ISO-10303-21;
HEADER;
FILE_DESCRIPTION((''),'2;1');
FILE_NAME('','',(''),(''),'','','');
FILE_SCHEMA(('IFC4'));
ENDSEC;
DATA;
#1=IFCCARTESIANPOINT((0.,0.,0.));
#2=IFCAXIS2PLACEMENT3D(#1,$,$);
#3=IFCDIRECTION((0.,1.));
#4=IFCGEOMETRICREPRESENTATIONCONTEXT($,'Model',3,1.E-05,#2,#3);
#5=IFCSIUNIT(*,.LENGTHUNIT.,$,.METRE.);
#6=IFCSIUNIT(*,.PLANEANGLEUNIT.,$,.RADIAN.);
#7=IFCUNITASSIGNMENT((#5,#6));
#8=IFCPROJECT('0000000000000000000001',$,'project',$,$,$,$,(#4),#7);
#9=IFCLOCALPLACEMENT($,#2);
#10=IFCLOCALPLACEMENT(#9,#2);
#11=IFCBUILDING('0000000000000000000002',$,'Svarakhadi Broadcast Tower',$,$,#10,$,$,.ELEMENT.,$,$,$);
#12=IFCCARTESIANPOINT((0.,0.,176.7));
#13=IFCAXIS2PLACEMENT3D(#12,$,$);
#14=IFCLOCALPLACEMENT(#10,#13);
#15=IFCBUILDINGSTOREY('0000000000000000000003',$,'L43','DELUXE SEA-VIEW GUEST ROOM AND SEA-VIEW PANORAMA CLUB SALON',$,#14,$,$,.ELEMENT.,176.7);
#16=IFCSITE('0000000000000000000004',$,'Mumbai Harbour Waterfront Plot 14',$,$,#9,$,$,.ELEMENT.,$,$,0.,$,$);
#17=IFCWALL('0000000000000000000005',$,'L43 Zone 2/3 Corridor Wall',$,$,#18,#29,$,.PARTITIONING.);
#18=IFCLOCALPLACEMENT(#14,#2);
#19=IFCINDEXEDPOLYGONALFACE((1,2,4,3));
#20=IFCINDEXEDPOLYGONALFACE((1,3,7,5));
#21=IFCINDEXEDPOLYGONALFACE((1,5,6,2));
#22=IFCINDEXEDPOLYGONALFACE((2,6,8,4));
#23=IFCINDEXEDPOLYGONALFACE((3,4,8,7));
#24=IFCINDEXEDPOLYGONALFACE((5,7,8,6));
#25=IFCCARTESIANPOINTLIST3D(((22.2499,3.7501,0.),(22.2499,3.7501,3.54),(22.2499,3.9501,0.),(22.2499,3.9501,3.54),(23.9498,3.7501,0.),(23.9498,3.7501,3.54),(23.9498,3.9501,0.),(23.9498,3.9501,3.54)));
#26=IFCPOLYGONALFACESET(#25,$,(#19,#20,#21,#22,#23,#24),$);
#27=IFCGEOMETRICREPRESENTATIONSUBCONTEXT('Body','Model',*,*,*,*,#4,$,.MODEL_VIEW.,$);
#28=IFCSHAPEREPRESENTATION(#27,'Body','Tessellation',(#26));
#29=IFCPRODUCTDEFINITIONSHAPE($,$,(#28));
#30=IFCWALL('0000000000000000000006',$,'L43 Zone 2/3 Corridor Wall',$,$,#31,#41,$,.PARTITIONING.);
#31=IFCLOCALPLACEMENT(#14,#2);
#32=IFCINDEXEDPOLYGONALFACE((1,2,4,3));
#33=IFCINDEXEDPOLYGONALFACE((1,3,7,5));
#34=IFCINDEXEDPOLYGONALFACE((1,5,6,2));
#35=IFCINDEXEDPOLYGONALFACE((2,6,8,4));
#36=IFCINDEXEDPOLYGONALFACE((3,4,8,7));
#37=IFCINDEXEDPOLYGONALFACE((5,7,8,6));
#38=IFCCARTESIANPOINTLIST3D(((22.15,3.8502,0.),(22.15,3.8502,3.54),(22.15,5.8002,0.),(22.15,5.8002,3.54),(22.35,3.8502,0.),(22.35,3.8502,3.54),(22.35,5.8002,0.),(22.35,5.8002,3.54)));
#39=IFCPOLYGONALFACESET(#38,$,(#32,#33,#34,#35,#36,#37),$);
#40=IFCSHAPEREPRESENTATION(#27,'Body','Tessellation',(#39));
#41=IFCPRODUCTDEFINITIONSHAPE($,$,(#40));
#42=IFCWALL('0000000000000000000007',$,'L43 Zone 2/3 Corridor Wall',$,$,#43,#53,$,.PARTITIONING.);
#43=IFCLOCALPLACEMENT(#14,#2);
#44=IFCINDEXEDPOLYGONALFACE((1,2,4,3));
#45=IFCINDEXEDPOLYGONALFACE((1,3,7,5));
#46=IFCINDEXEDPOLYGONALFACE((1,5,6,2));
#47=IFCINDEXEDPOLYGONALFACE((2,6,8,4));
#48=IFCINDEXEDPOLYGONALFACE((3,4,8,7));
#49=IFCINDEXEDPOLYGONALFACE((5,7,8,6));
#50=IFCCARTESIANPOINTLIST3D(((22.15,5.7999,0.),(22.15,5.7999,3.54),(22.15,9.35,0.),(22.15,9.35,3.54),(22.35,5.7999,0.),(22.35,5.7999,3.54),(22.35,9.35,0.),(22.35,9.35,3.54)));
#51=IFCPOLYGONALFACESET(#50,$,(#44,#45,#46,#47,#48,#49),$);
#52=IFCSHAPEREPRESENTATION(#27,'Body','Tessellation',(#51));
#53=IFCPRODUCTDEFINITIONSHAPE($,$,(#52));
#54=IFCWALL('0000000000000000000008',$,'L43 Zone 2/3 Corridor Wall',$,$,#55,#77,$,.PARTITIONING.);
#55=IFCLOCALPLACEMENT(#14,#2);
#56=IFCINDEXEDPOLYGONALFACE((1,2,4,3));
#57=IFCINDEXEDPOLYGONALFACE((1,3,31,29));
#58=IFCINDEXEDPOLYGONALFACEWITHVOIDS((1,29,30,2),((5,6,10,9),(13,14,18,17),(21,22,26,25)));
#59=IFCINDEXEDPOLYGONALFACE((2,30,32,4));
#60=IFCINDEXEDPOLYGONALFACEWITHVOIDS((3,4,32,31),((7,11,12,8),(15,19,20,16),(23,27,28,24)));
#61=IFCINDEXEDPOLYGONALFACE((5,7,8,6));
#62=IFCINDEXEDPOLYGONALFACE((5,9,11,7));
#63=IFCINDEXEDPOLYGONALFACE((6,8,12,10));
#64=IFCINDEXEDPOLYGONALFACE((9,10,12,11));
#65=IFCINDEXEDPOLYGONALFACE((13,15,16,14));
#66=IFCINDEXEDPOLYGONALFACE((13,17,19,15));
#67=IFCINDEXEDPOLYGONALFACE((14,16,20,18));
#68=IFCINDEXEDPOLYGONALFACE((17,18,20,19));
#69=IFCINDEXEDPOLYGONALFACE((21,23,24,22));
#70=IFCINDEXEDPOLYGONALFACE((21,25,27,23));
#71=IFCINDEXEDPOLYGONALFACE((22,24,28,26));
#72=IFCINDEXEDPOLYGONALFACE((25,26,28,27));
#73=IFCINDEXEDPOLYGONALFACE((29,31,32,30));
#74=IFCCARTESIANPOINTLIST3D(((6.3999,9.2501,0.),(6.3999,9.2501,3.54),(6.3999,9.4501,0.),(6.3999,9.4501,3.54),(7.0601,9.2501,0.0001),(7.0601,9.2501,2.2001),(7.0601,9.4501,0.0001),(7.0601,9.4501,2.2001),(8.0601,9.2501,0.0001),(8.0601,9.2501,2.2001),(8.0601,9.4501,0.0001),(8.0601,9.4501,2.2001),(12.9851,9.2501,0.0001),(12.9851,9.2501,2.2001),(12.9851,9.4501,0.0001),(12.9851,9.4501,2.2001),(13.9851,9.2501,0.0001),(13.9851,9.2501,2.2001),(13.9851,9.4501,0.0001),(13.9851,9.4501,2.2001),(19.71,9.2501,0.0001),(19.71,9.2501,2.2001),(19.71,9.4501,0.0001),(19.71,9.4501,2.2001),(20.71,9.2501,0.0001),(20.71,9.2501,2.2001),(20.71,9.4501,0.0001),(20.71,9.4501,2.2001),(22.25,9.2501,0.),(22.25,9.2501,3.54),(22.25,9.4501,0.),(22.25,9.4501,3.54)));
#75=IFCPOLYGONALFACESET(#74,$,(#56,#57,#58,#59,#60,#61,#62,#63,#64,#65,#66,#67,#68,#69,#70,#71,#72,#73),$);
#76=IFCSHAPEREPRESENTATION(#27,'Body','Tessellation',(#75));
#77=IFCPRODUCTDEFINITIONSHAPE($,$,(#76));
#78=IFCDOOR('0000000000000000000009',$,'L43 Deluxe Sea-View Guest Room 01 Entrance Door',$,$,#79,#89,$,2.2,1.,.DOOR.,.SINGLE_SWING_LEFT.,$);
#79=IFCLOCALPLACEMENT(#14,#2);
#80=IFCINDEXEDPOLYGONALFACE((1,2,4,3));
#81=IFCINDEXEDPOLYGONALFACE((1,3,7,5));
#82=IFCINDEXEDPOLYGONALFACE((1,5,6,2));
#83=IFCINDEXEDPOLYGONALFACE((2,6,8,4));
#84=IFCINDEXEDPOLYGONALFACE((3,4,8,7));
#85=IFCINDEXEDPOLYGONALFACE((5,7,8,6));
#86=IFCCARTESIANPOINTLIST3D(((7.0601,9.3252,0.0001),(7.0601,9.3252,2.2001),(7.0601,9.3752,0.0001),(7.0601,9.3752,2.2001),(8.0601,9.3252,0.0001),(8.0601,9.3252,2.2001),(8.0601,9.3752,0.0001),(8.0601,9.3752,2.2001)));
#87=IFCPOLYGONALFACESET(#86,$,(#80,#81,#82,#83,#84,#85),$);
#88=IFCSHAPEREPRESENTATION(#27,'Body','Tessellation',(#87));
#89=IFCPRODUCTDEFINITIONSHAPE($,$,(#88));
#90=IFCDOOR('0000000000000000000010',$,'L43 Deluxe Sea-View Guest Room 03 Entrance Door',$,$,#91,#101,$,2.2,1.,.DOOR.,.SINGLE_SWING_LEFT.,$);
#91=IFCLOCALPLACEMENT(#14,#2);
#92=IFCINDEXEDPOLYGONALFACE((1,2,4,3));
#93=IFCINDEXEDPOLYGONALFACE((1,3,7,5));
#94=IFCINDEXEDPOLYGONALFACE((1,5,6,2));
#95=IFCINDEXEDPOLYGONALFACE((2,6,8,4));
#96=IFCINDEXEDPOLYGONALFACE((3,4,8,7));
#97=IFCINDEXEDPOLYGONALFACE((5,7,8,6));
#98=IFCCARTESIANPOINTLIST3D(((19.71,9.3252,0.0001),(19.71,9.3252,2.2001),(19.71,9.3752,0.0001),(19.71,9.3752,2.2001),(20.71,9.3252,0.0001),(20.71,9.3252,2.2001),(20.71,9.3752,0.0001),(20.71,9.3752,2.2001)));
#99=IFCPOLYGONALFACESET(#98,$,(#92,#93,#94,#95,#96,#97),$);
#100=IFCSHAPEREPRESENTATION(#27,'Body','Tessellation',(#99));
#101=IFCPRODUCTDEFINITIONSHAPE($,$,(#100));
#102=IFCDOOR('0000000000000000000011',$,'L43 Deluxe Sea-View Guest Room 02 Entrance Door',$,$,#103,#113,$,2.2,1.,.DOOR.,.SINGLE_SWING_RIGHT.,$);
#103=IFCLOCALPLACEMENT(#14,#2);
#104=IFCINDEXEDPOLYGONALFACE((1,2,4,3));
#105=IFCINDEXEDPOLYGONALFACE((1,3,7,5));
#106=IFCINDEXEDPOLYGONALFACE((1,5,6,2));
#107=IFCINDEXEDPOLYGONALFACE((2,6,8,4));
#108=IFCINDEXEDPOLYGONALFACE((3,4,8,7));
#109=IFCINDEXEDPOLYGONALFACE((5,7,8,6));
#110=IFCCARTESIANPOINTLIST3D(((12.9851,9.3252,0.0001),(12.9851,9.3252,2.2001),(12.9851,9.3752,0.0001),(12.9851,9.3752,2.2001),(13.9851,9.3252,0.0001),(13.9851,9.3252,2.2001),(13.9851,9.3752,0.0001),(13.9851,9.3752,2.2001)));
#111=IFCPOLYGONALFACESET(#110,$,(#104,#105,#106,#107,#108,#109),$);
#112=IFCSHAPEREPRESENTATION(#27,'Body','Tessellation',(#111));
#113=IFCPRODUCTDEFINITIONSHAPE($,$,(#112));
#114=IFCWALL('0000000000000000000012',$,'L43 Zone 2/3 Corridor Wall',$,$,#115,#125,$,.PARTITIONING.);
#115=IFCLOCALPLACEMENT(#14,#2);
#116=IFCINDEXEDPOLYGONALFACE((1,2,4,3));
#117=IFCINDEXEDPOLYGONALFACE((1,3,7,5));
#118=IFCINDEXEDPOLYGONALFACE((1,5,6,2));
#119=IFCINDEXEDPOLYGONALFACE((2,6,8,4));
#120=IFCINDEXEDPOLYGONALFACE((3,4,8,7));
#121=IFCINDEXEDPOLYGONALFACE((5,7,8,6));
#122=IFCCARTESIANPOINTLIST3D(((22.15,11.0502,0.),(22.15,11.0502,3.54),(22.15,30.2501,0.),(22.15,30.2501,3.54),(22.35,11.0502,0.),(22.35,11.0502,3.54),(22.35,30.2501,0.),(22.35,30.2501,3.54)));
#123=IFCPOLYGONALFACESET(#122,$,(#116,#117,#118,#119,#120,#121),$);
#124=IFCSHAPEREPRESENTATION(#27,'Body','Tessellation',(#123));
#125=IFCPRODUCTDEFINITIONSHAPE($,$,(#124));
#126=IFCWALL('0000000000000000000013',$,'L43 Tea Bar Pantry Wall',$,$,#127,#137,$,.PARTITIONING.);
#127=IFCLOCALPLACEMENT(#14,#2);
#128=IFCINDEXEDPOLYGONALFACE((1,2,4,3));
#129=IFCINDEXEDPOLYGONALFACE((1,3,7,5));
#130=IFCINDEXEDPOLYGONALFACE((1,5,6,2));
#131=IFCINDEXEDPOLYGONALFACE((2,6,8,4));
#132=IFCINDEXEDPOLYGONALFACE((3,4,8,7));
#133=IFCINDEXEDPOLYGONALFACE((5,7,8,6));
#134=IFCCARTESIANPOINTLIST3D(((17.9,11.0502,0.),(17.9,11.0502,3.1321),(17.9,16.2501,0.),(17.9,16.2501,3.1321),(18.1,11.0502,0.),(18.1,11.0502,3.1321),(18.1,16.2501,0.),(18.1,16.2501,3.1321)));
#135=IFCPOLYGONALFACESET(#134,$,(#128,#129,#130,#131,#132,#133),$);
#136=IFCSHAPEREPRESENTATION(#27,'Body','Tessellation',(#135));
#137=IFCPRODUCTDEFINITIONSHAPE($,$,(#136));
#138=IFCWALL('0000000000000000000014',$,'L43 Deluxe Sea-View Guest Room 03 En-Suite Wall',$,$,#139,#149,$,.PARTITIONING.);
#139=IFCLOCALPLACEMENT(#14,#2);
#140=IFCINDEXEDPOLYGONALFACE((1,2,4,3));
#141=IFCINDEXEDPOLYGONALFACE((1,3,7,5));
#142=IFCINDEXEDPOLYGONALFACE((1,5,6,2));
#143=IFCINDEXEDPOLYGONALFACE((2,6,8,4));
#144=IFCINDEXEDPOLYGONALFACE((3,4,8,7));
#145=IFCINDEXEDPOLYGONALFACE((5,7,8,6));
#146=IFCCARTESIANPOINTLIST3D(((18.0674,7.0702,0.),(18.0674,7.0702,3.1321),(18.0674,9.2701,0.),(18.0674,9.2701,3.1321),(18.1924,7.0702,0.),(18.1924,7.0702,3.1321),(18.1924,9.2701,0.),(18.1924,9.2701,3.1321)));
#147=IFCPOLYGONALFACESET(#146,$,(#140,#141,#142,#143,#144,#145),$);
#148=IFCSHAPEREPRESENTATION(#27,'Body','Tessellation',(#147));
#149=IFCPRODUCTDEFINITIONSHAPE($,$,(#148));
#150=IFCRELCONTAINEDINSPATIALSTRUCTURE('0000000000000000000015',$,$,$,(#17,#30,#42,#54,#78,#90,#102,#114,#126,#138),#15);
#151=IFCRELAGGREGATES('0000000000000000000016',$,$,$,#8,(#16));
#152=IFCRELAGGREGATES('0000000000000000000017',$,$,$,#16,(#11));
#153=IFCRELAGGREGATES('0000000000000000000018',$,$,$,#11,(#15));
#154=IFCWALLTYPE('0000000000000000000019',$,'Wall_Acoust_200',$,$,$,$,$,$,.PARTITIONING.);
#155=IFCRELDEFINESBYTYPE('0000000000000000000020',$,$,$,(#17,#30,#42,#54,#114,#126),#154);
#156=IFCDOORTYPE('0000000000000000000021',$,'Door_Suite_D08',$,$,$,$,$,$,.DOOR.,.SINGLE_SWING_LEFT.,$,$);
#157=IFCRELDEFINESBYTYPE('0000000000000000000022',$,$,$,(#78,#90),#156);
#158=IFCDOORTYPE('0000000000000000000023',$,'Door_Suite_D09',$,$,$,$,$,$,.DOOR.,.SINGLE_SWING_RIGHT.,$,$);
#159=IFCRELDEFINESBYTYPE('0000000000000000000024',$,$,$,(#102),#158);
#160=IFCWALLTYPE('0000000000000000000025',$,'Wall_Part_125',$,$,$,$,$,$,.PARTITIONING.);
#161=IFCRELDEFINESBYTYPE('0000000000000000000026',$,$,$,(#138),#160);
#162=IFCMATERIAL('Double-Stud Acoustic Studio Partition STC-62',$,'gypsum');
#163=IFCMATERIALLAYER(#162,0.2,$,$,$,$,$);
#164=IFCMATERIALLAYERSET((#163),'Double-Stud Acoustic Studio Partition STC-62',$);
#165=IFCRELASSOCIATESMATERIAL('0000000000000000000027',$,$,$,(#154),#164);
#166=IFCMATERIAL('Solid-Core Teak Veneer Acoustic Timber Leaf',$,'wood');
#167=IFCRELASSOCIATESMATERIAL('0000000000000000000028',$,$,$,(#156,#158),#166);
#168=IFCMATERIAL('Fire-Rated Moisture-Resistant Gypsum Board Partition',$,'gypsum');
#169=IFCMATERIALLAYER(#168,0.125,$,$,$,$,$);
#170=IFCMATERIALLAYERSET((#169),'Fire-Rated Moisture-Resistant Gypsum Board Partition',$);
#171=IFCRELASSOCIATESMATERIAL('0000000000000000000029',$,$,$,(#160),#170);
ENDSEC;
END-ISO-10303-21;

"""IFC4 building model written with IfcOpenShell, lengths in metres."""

from ifc_helpers import new_model, si_unit, direction, frame, frame_2d, origin, place, context, subcontext, project, spatial, rectangle, extrude, material, layer, layer_set, type_object, element, fill, save


model = new_model("IFC4")

# Units and contexts
model_context = context("Model", 3, precision=1e-05, world=origin(), true_north=direction((0.0, 1.0)))
body_context = subcontext(model_context, "Body", "Model", "MODEL_VIEW")
ifc_project = project(units=[si_unit("LENGTHUNIT", "METRE"), si_unit("PLANEANGLEUNIT", "RADIAN")], contexts=[model_context])

# Site, building, storey
site_placement = place(None, origin())
site = spatial("IfcSite", under=ifc_project, at=site_placement, Name="Mumbai Harbour Waterfront Plot 14", CompositionType="ELEMENT", RefElevation=0.0)
building_placement = place(site_placement, origin())
building = spatial("IfcBuilding", under=site, at=building_placement, Name="Svarakhadi Broadcast Tower", CompositionType="ELEMENT")
storey_placement = place(building_placement, frame((0.0, 0.0, 176.7)))
storey = spatial("IfcBuildingStorey", under=building, at=storey_placement, Name="L43", Description="DELUXE SEA-VIEW GUEST ROOM AND SEA-VIEW PANORAMA CLUB SALON", CompositionType="ELEMENT", Elevation=176.7)

# Walls
ifc_material_1 = material(Name="Double-Stud Acoustic Studio Partition STC-62", Category="gypsum")
ifc_layer_1 = layer(ifc_material_1, 0.2)
ifc_layer_set_1 = layer_set([ifc_layer_1], Name="Double-Stud Acoustic Studio Partition STC-62")
wall_type_1 = type_object("IfcWallType", Name="Wall_Acoust_200", PredefinedType="PARTITIONING", material=ifc_layer_set_1)
wall_1_placement = place(storey_placement, frame((23.95, 3.8501, 0.0), z_axis=(0.0, 0.0, 1.0), x_axis=(-1.0, 0.0, 0.0)))
element("IfcWall", 1, at=wall_1_placement, inside=storey, type_object=wall_type_1, Name="L43 Zone 2/3 Corridor Wall", PredefinedType="PARTITIONING", context=body_context, shape_type="SweptSolid", body=[
    extrude(rectangle(XDim=1.7, YDim=0.2, at=frame_2d((0.8501, 0.0))), origin(), (0.0, 0.0, 1.0), 3.54),
])
wall_2_placement = place(storey_placement, frame((22.25, 3.8501, 0.0), z_axis=(0.0, 0.0, 1.0), x_axis=(0.0, 1.0, 0.0)))
element("IfcWall", 2, at=wall_2_placement, inside=storey, type_object=wall_type_1, Name="L43 Zone 2/3 Corridor Wall", PredefinedType="PARTITIONING", context=body_context, shape_type="SweptSolid", body=[
    extrude(rectangle(XDim=1.95, YDim=0.2, at=frame_2d((0.9751, 0.0))), origin(), (0.0, 0.0, 1.0), 3.54),
])
wall_3_placement = place(storey_placement, frame((22.25, 5.8, 0.0), z_axis=(0.0, 0.0, 1.0), x_axis=(0.0, 1.0, 0.0)))
element("IfcWall", 3, at=wall_3_placement, inside=storey, type_object=wall_type_1, Name="L43 Zone 2/3 Corridor Wall", PredefinedType="PARTITIONING", context=body_context, shape_type="SweptSolid", body=[
    extrude(rectangle(XDim=3.55, YDim=0.2, at=frame_2d((1.7749, 0.0))), origin(), (0.0, 0.0, 1.0), 3.54),
])

# Wall, openings, doors
wall_4_placement = place(storey_placement, frame((22.25, 9.3501, 0.0), z_axis=(0.0, 0.0, 1.0), x_axis=(-1.0, 0.0, 0.0)))
wall_4 = element("IfcWall", 4, at=wall_4_placement, inside=storey, type_object=wall_type_1, Name="L43 Zone 2/3 Corridor Wall", PredefinedType="PARTITIONING", context=body_context, shape_type="SweptSolid", body=[
    extrude(rectangle(XDim=15.8501, YDim=0.2, at=frame_2d((7.925, 0.0))), origin(), (0.0, 0.0, 1.0), 3.54),
])
opening_1_placement = place(wall_4_placement, frame((14.1899, 0.0, 0.0)))
opening_1 = element("IfcOpeningElement", 5, at=opening_1_placement, cuts=wall_4, PredefinedType="OPENING", context=body_context, shape_type="SweptSolid", body=[
    extrude(rectangle(XDim=1.0, YDim=2.2, at=frame_2d((0.5, 1.1001))), frame((0.0, 0.1099, 0.0), z_axis=(0.0, -1.0, 0.0), x_axis=(1.0, 0.0, 0.0)), (0.0, 0.0, 1.0), 0.22),
])
opening_2_placement = place(wall_4_placement, frame((8.2649, 0.0, 0.0)))
opening_2 = element("IfcOpeningElement", 6, at=opening_2_placement, cuts=wall_4, PredefinedType="OPENING", context=body_context, shape_type="SweptSolid", body=[
    extrude(rectangle(XDim=1.0, YDim=2.2, at=frame_2d((0.5, 1.1001))), frame((0.0, 0.1099, 0.0), z_axis=(0.0, -1.0, 0.0), x_axis=(1.0, 0.0, 0.0)), (0.0, 0.0, 1.0), 0.22),
])
opening_3_placement = place(wall_4_placement, frame((1.54, 0.0, 0.0)))
opening_3 = element("IfcOpeningElement", 7, at=opening_3_placement, cuts=wall_4, PredefinedType="OPENING", context=body_context, shape_type="SweptSolid", body=[
    extrude(rectangle(XDim=1.0, YDim=2.2, at=frame_2d((0.5, 1.1001))), frame((0.0, 0.1099, 0.0), z_axis=(0.0, -1.0, 0.0), x_axis=(1.0, 0.0, 0.0)), (0.0, 0.0, 1.0), 0.22),
])
ifc_material_2 = material(Name="Solid-Core Teak Veneer Acoustic Timber Leaf", Category="wood")
door_type_1 = type_object("IfcDoorType", Name="Door_Suite_D08", OperationType="SINGLE_SWING_LEFT", PredefinedType="DOOR", material=ifc_material_2)
door_1_placement = place(opening_1_placement, origin())
door_1 = element("IfcDoor", 8, at=door_1_placement, inside=storey, type_object=door_type_1, Name="L43 Deluxe Sea-View Guest Room 01 Entrance Door", OperationType="SINGLE_SWING_LEFT", OverallHeight=2.2, OverallWidth=1.0, PredefinedType="DOOR", context=body_context, shape_type="SweptSolid", body=[
    extrude(rectangle(XDim=1.0, YDim=2.2, at=frame_2d((0.5, 1.1001))), frame((0.0, 0.0249, 0.0), z_axis=(0.0, -1.0, 0.0), x_axis=(1.0, 0.0, 0.0)), (0.0, 0.0, 1.0), 0.05),
])
fill(opening_1, door_1)
door_2_placement = place(opening_3_placement, origin())
door_2 = element("IfcDoor", 9, at=door_2_placement, inside=storey, type_object=door_type_1, Name="L43 Deluxe Sea-View Guest Room 03 Entrance Door", OperationType="SINGLE_SWING_LEFT", OverallHeight=2.2, OverallWidth=1.0, PredefinedType="DOOR", context=body_context, shape_type="SweptSolid", body=[
    extrude(rectangle(XDim=1.0, YDim=2.2, at=frame_2d((0.5, 1.1001))), frame((0.0, 0.0249, 0.0), z_axis=(0.0, -1.0, 0.0), x_axis=(1.0, 0.0, 0.0)), (0.0, 0.0, 1.0), 0.05),
])
fill(opening_3, door_2)
door_type_2 = type_object("IfcDoorType", Name="Door_Suite_D09", OperationType="SINGLE_SWING_RIGHT", PredefinedType="DOOR", material=ifc_material_2)
door_3_placement = place(opening_2_placement, origin())
door_3 = element("IfcDoor", 10, at=door_3_placement, inside=storey, type_object=door_type_2, Name="L43 Deluxe Sea-View Guest Room 02 Entrance Door", OperationType="SINGLE_SWING_RIGHT", OverallHeight=2.2, OverallWidth=1.0, PredefinedType="DOOR", context=body_context, shape_type="SweptSolid", body=[
    extrude(rectangle(XDim=1.0, YDim=2.2, at=frame_2d((0.5, 1.1001))), frame((0.0, 0.0249, 0.0), z_axis=(0.0, -1.0, 0.0), x_axis=(1.0, 0.0, 0.0)), (0.0, 0.0, 1.0), 0.05),
])
fill(opening_2, door_3)

# Walls
wall_5_placement = place(storey_placement, frame((22.25, 11.05, 0.0), z_axis=(0.0, 0.0, 1.0), x_axis=(0.0, 1.0, 0.0)))
element("IfcWall", 11, at=wall_5_placement, inside=storey, type_object=wall_type_1, Name="L43 Zone 2/3 Corridor Wall", PredefinedType="PARTITIONING", context=body_context, shape_type="SweptSolid", body=[
    extrude(rectangle(XDim=19.2, YDim=0.2, at=frame_2d((9.6001, 0.0))), origin(), (0.0, 0.0, 1.0), 3.54),
])
wall_6_placement = place(storey_placement, frame((18.0, 11.05, 0.0), z_axis=(0.0, 0.0, 1.0), x_axis=(0.0, 1.0, 0.0)))
element("IfcWall", 12, at=wall_6_placement, inside=storey, type_object=wall_type_1, Name="L43 Tea Bar Pantry Wall", PredefinedType="PARTITIONING", context=body_context, shape_type="SweptSolid", body=[
    extrude(rectangle(XDim=5.2, YDim=0.2, at=frame_2d((2.6001, 0.0))), origin(), (0.0, 0.0, 1.0), 3.1321),
])
ifc_material_3 = material(Name="Fire-Rated Moisture-Resistant Gypsum Board Partition", Category="gypsum")
ifc_layer_2 = layer(ifc_material_3, 0.125)
ifc_layer_set_2 = layer_set([ifc_layer_2], Name="Fire-Rated Moisture-Resistant Gypsum Board Partition")
wall_type_2 = type_object("IfcWallType", Name="Wall_Part_125", PredefinedType="PARTITIONING", material=ifc_layer_set_2)
wall_7_placement = place(storey_placement, frame((18.1299, 7.0701, 0.0), z_axis=(0.0, 0.0, 1.0), x_axis=(0.0, 1.0, 0.0)))
element("IfcWall", 13, at=wall_7_placement, inside=storey, type_object=wall_type_2, Name="L43 Deluxe Sea-View Guest Room 03 En-Suite Wall", PredefinedType="PARTITIONING", context=body_context, shape_type="SweptSolid", body=[
    extrude(rectangle(XDim=2.2, YDim=0.125, at=frame_2d((1.1001, 0.0))), origin(), (0.0, 0.0, 1.0), 3.1321),
])

save(model, "model.ifc")
